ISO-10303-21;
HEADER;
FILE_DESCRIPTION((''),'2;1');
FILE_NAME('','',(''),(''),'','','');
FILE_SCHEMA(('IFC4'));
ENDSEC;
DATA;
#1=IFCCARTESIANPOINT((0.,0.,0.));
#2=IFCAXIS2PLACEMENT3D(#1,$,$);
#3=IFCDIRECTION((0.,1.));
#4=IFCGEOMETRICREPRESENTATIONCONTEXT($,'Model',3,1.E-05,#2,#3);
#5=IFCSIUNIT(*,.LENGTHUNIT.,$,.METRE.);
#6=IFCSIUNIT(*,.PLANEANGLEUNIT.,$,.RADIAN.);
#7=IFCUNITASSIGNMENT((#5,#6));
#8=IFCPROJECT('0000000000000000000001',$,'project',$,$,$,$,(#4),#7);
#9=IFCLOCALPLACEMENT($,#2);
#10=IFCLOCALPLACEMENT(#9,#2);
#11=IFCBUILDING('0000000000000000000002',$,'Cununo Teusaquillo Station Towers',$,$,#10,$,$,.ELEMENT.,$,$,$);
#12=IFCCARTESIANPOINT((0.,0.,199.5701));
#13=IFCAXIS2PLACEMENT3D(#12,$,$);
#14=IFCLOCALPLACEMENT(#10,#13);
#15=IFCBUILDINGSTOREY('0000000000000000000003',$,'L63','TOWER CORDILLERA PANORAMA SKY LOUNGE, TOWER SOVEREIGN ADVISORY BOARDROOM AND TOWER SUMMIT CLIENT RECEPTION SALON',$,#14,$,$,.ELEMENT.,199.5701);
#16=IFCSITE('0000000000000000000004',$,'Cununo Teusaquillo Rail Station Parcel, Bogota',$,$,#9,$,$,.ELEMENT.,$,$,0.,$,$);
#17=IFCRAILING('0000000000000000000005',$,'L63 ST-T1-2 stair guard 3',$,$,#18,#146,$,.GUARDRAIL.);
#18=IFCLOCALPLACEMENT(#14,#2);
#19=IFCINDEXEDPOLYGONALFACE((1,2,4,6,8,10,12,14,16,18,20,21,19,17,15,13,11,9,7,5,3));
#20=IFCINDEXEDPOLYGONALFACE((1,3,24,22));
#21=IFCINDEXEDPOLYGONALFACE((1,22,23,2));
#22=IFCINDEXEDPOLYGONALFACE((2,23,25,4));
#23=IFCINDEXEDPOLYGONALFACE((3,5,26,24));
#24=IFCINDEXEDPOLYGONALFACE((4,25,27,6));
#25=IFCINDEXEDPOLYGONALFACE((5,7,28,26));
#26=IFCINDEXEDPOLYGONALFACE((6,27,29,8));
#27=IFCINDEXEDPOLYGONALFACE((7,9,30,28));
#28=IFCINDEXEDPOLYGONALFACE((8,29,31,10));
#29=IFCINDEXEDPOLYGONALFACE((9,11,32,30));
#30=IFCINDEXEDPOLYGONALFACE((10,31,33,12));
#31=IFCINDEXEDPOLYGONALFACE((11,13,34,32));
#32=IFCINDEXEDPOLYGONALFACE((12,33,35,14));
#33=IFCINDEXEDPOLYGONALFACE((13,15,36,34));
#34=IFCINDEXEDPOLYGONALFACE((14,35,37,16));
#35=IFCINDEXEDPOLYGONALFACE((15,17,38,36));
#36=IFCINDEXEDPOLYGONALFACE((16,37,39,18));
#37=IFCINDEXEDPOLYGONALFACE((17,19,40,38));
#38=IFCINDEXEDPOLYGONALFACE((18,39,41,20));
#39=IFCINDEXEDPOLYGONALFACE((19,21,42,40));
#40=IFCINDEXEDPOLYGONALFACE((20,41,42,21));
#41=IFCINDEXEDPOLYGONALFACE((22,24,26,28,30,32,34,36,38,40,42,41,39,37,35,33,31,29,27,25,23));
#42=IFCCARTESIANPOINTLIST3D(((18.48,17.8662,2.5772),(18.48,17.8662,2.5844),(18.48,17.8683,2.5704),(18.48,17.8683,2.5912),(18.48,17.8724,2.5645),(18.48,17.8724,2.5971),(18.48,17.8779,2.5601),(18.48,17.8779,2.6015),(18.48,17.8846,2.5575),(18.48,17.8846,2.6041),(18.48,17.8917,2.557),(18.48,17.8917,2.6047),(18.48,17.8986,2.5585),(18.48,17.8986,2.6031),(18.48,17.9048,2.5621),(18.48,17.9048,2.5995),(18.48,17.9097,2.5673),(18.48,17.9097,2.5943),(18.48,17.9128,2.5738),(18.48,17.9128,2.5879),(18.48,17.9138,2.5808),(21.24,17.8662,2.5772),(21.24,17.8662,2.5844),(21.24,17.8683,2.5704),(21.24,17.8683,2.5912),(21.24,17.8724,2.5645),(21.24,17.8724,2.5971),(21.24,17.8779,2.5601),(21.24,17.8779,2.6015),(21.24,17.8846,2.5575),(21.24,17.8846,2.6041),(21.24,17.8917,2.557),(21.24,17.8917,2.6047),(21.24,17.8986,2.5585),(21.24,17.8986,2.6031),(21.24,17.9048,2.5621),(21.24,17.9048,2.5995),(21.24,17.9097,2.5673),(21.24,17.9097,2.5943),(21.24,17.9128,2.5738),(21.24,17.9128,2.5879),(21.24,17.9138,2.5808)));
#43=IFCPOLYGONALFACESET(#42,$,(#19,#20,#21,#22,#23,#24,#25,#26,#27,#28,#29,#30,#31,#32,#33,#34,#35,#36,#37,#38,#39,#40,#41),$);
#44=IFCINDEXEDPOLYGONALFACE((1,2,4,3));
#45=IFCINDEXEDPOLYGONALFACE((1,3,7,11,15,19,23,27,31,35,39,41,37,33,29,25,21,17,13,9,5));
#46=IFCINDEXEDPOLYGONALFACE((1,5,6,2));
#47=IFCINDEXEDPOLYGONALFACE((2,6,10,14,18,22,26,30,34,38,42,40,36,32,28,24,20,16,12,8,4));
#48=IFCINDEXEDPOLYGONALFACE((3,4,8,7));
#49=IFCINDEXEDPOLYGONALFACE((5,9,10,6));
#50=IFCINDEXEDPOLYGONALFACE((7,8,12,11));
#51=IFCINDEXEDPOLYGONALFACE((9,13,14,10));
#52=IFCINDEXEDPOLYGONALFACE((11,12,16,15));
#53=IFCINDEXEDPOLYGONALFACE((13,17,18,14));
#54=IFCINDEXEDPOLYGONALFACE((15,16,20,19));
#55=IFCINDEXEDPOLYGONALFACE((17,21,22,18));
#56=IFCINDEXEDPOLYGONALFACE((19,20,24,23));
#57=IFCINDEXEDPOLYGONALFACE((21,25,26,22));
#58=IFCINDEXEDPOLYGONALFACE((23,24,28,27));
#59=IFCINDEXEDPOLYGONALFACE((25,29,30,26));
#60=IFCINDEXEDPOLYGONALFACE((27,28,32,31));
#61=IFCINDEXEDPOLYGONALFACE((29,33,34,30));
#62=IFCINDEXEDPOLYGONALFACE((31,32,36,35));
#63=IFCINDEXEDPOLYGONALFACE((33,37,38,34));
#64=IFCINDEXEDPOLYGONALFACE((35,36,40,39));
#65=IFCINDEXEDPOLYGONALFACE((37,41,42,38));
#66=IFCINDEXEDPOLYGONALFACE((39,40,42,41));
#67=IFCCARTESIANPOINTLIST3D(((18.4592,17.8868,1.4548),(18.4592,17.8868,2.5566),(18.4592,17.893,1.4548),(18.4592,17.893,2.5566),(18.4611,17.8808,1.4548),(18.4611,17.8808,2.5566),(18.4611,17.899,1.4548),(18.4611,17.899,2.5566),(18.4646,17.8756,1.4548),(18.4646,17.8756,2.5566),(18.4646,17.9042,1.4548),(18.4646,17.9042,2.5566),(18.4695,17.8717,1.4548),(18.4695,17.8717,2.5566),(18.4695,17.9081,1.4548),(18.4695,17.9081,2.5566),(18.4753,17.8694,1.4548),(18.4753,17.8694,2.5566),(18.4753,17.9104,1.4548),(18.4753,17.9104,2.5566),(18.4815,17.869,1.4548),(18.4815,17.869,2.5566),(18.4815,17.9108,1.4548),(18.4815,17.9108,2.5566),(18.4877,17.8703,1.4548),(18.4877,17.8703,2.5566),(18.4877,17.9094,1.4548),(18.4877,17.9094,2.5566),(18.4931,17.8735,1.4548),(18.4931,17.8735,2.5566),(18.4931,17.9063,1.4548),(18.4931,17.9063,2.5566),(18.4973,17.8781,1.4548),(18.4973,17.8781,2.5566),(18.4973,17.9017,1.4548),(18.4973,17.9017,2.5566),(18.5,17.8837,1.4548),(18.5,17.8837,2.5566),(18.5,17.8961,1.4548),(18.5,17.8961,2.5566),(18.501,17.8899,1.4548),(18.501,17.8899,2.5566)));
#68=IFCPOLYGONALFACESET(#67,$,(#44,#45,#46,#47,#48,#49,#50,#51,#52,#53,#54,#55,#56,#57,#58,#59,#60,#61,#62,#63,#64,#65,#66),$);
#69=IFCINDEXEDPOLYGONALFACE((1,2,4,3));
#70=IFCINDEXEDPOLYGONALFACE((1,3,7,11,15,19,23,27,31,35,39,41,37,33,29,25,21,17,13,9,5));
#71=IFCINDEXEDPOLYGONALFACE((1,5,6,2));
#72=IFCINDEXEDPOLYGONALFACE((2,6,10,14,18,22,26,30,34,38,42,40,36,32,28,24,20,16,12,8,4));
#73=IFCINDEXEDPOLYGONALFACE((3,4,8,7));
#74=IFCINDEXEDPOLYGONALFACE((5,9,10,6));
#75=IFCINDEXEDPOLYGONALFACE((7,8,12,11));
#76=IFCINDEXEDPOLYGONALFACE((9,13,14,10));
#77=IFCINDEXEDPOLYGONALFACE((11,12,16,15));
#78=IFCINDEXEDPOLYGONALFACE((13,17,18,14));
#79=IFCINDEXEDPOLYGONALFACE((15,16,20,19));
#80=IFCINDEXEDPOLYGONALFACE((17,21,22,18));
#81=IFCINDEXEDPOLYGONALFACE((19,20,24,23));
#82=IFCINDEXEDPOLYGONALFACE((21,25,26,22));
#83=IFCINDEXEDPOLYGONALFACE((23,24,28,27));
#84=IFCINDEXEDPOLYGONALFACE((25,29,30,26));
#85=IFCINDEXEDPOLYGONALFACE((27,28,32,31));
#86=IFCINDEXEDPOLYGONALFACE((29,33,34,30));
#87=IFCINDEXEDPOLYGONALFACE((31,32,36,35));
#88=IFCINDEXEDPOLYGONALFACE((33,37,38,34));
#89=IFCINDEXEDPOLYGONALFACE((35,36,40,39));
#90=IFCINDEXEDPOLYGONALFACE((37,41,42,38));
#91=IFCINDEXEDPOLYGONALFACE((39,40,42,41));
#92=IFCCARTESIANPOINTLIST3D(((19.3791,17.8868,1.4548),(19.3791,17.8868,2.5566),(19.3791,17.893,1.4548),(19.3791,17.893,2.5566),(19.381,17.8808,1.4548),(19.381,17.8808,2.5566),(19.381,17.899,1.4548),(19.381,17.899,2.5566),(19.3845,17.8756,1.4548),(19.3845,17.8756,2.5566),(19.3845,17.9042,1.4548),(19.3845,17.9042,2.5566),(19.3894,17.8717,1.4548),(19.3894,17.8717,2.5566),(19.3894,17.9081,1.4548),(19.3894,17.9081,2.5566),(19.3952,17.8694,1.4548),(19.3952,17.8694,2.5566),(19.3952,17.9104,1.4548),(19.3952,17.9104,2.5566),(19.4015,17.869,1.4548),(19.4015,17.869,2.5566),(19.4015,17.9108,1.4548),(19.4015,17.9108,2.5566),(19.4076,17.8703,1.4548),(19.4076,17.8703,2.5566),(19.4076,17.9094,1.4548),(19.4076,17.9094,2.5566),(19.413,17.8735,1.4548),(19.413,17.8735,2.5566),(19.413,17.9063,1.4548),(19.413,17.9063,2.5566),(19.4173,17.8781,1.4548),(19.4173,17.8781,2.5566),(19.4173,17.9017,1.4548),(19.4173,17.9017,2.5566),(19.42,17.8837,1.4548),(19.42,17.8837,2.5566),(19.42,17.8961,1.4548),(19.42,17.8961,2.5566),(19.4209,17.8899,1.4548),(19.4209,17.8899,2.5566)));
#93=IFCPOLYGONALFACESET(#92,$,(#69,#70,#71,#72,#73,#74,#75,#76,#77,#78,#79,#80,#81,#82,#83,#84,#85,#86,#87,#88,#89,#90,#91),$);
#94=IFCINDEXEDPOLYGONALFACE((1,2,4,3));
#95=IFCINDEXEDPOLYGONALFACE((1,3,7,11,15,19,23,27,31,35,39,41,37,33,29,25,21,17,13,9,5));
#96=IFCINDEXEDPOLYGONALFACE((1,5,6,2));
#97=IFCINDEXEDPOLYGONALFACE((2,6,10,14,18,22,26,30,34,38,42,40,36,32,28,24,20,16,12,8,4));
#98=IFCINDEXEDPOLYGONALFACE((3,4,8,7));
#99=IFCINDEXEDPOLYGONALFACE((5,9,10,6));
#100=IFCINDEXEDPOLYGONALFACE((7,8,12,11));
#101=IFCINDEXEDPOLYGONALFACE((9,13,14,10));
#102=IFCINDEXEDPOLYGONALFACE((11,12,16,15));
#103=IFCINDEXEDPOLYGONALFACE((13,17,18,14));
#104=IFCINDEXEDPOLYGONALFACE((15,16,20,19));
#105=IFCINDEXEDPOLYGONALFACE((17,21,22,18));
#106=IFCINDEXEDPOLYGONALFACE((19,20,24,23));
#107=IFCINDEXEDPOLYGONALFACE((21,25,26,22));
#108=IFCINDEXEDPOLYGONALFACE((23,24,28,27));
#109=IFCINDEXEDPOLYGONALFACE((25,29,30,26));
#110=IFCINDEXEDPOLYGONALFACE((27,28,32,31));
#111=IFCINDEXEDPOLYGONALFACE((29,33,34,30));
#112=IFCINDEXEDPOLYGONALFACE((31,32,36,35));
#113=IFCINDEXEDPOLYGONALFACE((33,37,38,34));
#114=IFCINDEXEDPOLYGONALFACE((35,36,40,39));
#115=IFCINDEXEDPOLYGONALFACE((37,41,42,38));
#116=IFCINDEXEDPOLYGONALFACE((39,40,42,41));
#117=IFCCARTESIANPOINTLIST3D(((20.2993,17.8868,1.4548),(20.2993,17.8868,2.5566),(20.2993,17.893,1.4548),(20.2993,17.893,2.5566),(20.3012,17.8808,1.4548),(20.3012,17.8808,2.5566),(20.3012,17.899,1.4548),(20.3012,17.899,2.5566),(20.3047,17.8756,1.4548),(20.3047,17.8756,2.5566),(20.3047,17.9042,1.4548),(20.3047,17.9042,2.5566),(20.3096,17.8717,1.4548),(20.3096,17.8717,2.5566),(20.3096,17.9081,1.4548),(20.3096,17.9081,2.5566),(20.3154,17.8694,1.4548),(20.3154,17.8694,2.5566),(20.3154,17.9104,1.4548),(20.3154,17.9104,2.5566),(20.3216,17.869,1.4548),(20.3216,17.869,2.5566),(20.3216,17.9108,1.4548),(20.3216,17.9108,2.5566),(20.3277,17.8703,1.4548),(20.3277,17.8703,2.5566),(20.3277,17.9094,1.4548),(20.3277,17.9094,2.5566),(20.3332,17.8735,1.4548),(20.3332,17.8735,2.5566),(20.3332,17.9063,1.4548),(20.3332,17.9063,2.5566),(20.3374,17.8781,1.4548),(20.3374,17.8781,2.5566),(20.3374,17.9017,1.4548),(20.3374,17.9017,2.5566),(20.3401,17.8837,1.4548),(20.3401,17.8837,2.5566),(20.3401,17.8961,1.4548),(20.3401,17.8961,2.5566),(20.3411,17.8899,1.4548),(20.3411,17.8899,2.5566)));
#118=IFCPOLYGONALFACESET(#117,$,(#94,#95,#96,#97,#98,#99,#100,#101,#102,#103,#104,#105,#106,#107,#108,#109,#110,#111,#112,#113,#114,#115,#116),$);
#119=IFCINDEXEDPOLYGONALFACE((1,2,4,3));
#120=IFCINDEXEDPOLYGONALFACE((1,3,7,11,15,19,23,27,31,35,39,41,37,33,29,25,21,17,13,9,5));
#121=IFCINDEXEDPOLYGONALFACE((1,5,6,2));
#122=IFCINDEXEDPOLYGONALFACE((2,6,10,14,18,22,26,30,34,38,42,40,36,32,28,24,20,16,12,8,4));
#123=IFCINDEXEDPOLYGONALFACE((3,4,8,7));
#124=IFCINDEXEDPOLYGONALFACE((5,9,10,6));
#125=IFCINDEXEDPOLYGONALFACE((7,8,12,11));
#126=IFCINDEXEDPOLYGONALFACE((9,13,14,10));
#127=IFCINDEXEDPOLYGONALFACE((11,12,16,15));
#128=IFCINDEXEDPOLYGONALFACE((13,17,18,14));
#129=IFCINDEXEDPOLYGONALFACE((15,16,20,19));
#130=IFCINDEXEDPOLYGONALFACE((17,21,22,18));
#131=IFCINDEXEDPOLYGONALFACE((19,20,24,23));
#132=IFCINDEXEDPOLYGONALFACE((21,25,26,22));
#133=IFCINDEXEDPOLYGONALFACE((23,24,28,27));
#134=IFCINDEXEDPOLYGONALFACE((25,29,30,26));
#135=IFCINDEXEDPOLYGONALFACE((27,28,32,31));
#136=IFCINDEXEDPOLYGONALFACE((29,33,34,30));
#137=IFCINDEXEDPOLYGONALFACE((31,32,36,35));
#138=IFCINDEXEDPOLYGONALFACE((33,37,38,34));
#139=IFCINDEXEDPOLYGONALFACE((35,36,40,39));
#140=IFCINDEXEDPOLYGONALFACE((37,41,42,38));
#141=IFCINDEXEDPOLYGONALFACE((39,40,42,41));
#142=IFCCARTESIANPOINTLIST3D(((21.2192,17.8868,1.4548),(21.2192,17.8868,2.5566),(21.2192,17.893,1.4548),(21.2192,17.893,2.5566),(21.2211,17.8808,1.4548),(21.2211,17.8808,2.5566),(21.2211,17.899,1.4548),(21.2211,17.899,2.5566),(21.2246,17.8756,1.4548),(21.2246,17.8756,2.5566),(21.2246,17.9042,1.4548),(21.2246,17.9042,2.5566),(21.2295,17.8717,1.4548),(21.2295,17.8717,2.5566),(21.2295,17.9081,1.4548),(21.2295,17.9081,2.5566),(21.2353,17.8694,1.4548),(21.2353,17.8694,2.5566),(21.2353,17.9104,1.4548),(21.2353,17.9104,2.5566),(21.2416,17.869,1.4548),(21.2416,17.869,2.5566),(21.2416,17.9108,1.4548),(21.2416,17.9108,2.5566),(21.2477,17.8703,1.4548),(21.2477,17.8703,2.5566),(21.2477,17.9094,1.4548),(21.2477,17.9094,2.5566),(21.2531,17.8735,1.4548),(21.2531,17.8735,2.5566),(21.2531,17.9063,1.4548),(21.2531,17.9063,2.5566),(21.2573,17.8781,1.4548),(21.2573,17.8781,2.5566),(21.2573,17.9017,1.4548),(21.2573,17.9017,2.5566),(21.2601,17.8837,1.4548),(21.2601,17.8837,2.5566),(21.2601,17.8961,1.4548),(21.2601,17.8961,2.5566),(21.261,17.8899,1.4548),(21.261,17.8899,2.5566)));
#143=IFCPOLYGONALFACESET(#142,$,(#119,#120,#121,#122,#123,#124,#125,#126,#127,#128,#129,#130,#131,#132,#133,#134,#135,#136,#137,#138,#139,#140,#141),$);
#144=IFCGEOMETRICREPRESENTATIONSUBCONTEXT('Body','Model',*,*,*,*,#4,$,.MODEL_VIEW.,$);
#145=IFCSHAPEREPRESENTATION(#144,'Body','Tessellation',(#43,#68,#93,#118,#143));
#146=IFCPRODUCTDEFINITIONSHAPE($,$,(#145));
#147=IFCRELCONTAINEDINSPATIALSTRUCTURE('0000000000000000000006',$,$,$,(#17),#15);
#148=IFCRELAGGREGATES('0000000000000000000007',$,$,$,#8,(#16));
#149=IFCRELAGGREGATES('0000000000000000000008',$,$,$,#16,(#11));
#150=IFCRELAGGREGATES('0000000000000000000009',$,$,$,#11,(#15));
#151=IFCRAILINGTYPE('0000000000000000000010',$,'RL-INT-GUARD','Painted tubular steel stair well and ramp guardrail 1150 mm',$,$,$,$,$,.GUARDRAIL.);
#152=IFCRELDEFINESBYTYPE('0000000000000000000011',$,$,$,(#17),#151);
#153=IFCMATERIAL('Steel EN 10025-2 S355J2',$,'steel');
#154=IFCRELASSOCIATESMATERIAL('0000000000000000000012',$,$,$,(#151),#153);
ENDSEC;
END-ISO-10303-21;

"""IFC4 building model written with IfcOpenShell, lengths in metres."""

from ifc_helpers import new_model, si_unit, direction, frame, origin, origin_2d, place, context, subcontext, project, spatial, circle, extrude, material, type_object, element, save


model = new_model("IFC4")

# Units and contexts
model_context = context("Model", 3, precision=1e-05, world=origin(), true_north=direction((0.0, 1.0)))
body_context = subcontext(model_context, "Body", "Model", "MODEL_VIEW")
ifc_project = project(units=[si_unit("LENGTHUNIT", "METRE"), si_unit("PLANEANGLEUNIT", "RADIAN")], contexts=[model_context])

# Site, building, storey
site_placement = place(None, origin())
site = spatial("IfcSite", under=ifc_project, at=site_placement, Name="Cununo Teusaquillo Rail Station Parcel, Bogota", CompositionType="ELEMENT", RefElevation=0.0)
building_placement = place(site_placement, origin())
building = spatial("IfcBuilding", under=site, at=building_placement, Name="Cununo Teusaquillo Station Towers", CompositionType="ELEMENT")
storey_placement = place(building_placement, frame((0.0, 0.0, 199.5701)))
storey = spatial("IfcBuildingStorey", under=building, at=storey_placement, Name="L63", Description="TOWER CORDILLERA PANORAMA SKY LOUNGE, TOWER SOVEREIGN ADVISORY BOARDROOM AND TOWER SUMMIT CLIENT RECEPTION SALON", CompositionType="ELEMENT", Elevation=199.5701)

# Railing
ifc_material_1 = material(Name="Steel EN 10025-2 S355J2", Category="steel")
railing_type_1 = type_object("IfcRailingType", Name="RL-INT-GUARD", Description="Painted tubular steel stair well and ramp guardrail 1150 mm", PredefinedType="GUARDRAIL", material=ifc_material_1)
railing_1_placement = place(storey_placement, frame((18.48, 17.8899, 1.4548)))
element("IfcRailing", 1, at=railing_1_placement, inside=storey, type_object=railing_type_1, Name="L63 ST-T1-2 stair guard 3", PredefinedType="GUARDRAIL", context=body_context, shape_type="SweptSolid", body=[
    extrude(circle(Radius=0.0239, at=origin_2d()), frame((0.0, 0.0, 1.126), z_axis=(1.0, 0.0, 0.0), x_axis=(0.0, 1.0, 0.0)), (0.0, 0.0, 1.0), 2.76),
    extrude(circle(Radius=0.021, at=origin_2d()), origin(), (0.0, 0.0, 1.0), 1.1018),
    extrude(circle(Radius=0.021, at=origin_2d()), frame((0.9199, 0.0, 0.0)), (0.0, 0.0, 1.0), 1.1018),
    extrude(circle(Radius=0.021, at=origin_2d()), frame((1.8401, 0.0, 0.0)), (0.0, 0.0, 1.0), 1.1018),
    extrude(circle(Radius=0.021, at=origin_2d()), frame((2.76, 0.0, 0.0)), (0.0, 0.0, 1.0), 1.1018),
])

save(model, "model.ifc")
